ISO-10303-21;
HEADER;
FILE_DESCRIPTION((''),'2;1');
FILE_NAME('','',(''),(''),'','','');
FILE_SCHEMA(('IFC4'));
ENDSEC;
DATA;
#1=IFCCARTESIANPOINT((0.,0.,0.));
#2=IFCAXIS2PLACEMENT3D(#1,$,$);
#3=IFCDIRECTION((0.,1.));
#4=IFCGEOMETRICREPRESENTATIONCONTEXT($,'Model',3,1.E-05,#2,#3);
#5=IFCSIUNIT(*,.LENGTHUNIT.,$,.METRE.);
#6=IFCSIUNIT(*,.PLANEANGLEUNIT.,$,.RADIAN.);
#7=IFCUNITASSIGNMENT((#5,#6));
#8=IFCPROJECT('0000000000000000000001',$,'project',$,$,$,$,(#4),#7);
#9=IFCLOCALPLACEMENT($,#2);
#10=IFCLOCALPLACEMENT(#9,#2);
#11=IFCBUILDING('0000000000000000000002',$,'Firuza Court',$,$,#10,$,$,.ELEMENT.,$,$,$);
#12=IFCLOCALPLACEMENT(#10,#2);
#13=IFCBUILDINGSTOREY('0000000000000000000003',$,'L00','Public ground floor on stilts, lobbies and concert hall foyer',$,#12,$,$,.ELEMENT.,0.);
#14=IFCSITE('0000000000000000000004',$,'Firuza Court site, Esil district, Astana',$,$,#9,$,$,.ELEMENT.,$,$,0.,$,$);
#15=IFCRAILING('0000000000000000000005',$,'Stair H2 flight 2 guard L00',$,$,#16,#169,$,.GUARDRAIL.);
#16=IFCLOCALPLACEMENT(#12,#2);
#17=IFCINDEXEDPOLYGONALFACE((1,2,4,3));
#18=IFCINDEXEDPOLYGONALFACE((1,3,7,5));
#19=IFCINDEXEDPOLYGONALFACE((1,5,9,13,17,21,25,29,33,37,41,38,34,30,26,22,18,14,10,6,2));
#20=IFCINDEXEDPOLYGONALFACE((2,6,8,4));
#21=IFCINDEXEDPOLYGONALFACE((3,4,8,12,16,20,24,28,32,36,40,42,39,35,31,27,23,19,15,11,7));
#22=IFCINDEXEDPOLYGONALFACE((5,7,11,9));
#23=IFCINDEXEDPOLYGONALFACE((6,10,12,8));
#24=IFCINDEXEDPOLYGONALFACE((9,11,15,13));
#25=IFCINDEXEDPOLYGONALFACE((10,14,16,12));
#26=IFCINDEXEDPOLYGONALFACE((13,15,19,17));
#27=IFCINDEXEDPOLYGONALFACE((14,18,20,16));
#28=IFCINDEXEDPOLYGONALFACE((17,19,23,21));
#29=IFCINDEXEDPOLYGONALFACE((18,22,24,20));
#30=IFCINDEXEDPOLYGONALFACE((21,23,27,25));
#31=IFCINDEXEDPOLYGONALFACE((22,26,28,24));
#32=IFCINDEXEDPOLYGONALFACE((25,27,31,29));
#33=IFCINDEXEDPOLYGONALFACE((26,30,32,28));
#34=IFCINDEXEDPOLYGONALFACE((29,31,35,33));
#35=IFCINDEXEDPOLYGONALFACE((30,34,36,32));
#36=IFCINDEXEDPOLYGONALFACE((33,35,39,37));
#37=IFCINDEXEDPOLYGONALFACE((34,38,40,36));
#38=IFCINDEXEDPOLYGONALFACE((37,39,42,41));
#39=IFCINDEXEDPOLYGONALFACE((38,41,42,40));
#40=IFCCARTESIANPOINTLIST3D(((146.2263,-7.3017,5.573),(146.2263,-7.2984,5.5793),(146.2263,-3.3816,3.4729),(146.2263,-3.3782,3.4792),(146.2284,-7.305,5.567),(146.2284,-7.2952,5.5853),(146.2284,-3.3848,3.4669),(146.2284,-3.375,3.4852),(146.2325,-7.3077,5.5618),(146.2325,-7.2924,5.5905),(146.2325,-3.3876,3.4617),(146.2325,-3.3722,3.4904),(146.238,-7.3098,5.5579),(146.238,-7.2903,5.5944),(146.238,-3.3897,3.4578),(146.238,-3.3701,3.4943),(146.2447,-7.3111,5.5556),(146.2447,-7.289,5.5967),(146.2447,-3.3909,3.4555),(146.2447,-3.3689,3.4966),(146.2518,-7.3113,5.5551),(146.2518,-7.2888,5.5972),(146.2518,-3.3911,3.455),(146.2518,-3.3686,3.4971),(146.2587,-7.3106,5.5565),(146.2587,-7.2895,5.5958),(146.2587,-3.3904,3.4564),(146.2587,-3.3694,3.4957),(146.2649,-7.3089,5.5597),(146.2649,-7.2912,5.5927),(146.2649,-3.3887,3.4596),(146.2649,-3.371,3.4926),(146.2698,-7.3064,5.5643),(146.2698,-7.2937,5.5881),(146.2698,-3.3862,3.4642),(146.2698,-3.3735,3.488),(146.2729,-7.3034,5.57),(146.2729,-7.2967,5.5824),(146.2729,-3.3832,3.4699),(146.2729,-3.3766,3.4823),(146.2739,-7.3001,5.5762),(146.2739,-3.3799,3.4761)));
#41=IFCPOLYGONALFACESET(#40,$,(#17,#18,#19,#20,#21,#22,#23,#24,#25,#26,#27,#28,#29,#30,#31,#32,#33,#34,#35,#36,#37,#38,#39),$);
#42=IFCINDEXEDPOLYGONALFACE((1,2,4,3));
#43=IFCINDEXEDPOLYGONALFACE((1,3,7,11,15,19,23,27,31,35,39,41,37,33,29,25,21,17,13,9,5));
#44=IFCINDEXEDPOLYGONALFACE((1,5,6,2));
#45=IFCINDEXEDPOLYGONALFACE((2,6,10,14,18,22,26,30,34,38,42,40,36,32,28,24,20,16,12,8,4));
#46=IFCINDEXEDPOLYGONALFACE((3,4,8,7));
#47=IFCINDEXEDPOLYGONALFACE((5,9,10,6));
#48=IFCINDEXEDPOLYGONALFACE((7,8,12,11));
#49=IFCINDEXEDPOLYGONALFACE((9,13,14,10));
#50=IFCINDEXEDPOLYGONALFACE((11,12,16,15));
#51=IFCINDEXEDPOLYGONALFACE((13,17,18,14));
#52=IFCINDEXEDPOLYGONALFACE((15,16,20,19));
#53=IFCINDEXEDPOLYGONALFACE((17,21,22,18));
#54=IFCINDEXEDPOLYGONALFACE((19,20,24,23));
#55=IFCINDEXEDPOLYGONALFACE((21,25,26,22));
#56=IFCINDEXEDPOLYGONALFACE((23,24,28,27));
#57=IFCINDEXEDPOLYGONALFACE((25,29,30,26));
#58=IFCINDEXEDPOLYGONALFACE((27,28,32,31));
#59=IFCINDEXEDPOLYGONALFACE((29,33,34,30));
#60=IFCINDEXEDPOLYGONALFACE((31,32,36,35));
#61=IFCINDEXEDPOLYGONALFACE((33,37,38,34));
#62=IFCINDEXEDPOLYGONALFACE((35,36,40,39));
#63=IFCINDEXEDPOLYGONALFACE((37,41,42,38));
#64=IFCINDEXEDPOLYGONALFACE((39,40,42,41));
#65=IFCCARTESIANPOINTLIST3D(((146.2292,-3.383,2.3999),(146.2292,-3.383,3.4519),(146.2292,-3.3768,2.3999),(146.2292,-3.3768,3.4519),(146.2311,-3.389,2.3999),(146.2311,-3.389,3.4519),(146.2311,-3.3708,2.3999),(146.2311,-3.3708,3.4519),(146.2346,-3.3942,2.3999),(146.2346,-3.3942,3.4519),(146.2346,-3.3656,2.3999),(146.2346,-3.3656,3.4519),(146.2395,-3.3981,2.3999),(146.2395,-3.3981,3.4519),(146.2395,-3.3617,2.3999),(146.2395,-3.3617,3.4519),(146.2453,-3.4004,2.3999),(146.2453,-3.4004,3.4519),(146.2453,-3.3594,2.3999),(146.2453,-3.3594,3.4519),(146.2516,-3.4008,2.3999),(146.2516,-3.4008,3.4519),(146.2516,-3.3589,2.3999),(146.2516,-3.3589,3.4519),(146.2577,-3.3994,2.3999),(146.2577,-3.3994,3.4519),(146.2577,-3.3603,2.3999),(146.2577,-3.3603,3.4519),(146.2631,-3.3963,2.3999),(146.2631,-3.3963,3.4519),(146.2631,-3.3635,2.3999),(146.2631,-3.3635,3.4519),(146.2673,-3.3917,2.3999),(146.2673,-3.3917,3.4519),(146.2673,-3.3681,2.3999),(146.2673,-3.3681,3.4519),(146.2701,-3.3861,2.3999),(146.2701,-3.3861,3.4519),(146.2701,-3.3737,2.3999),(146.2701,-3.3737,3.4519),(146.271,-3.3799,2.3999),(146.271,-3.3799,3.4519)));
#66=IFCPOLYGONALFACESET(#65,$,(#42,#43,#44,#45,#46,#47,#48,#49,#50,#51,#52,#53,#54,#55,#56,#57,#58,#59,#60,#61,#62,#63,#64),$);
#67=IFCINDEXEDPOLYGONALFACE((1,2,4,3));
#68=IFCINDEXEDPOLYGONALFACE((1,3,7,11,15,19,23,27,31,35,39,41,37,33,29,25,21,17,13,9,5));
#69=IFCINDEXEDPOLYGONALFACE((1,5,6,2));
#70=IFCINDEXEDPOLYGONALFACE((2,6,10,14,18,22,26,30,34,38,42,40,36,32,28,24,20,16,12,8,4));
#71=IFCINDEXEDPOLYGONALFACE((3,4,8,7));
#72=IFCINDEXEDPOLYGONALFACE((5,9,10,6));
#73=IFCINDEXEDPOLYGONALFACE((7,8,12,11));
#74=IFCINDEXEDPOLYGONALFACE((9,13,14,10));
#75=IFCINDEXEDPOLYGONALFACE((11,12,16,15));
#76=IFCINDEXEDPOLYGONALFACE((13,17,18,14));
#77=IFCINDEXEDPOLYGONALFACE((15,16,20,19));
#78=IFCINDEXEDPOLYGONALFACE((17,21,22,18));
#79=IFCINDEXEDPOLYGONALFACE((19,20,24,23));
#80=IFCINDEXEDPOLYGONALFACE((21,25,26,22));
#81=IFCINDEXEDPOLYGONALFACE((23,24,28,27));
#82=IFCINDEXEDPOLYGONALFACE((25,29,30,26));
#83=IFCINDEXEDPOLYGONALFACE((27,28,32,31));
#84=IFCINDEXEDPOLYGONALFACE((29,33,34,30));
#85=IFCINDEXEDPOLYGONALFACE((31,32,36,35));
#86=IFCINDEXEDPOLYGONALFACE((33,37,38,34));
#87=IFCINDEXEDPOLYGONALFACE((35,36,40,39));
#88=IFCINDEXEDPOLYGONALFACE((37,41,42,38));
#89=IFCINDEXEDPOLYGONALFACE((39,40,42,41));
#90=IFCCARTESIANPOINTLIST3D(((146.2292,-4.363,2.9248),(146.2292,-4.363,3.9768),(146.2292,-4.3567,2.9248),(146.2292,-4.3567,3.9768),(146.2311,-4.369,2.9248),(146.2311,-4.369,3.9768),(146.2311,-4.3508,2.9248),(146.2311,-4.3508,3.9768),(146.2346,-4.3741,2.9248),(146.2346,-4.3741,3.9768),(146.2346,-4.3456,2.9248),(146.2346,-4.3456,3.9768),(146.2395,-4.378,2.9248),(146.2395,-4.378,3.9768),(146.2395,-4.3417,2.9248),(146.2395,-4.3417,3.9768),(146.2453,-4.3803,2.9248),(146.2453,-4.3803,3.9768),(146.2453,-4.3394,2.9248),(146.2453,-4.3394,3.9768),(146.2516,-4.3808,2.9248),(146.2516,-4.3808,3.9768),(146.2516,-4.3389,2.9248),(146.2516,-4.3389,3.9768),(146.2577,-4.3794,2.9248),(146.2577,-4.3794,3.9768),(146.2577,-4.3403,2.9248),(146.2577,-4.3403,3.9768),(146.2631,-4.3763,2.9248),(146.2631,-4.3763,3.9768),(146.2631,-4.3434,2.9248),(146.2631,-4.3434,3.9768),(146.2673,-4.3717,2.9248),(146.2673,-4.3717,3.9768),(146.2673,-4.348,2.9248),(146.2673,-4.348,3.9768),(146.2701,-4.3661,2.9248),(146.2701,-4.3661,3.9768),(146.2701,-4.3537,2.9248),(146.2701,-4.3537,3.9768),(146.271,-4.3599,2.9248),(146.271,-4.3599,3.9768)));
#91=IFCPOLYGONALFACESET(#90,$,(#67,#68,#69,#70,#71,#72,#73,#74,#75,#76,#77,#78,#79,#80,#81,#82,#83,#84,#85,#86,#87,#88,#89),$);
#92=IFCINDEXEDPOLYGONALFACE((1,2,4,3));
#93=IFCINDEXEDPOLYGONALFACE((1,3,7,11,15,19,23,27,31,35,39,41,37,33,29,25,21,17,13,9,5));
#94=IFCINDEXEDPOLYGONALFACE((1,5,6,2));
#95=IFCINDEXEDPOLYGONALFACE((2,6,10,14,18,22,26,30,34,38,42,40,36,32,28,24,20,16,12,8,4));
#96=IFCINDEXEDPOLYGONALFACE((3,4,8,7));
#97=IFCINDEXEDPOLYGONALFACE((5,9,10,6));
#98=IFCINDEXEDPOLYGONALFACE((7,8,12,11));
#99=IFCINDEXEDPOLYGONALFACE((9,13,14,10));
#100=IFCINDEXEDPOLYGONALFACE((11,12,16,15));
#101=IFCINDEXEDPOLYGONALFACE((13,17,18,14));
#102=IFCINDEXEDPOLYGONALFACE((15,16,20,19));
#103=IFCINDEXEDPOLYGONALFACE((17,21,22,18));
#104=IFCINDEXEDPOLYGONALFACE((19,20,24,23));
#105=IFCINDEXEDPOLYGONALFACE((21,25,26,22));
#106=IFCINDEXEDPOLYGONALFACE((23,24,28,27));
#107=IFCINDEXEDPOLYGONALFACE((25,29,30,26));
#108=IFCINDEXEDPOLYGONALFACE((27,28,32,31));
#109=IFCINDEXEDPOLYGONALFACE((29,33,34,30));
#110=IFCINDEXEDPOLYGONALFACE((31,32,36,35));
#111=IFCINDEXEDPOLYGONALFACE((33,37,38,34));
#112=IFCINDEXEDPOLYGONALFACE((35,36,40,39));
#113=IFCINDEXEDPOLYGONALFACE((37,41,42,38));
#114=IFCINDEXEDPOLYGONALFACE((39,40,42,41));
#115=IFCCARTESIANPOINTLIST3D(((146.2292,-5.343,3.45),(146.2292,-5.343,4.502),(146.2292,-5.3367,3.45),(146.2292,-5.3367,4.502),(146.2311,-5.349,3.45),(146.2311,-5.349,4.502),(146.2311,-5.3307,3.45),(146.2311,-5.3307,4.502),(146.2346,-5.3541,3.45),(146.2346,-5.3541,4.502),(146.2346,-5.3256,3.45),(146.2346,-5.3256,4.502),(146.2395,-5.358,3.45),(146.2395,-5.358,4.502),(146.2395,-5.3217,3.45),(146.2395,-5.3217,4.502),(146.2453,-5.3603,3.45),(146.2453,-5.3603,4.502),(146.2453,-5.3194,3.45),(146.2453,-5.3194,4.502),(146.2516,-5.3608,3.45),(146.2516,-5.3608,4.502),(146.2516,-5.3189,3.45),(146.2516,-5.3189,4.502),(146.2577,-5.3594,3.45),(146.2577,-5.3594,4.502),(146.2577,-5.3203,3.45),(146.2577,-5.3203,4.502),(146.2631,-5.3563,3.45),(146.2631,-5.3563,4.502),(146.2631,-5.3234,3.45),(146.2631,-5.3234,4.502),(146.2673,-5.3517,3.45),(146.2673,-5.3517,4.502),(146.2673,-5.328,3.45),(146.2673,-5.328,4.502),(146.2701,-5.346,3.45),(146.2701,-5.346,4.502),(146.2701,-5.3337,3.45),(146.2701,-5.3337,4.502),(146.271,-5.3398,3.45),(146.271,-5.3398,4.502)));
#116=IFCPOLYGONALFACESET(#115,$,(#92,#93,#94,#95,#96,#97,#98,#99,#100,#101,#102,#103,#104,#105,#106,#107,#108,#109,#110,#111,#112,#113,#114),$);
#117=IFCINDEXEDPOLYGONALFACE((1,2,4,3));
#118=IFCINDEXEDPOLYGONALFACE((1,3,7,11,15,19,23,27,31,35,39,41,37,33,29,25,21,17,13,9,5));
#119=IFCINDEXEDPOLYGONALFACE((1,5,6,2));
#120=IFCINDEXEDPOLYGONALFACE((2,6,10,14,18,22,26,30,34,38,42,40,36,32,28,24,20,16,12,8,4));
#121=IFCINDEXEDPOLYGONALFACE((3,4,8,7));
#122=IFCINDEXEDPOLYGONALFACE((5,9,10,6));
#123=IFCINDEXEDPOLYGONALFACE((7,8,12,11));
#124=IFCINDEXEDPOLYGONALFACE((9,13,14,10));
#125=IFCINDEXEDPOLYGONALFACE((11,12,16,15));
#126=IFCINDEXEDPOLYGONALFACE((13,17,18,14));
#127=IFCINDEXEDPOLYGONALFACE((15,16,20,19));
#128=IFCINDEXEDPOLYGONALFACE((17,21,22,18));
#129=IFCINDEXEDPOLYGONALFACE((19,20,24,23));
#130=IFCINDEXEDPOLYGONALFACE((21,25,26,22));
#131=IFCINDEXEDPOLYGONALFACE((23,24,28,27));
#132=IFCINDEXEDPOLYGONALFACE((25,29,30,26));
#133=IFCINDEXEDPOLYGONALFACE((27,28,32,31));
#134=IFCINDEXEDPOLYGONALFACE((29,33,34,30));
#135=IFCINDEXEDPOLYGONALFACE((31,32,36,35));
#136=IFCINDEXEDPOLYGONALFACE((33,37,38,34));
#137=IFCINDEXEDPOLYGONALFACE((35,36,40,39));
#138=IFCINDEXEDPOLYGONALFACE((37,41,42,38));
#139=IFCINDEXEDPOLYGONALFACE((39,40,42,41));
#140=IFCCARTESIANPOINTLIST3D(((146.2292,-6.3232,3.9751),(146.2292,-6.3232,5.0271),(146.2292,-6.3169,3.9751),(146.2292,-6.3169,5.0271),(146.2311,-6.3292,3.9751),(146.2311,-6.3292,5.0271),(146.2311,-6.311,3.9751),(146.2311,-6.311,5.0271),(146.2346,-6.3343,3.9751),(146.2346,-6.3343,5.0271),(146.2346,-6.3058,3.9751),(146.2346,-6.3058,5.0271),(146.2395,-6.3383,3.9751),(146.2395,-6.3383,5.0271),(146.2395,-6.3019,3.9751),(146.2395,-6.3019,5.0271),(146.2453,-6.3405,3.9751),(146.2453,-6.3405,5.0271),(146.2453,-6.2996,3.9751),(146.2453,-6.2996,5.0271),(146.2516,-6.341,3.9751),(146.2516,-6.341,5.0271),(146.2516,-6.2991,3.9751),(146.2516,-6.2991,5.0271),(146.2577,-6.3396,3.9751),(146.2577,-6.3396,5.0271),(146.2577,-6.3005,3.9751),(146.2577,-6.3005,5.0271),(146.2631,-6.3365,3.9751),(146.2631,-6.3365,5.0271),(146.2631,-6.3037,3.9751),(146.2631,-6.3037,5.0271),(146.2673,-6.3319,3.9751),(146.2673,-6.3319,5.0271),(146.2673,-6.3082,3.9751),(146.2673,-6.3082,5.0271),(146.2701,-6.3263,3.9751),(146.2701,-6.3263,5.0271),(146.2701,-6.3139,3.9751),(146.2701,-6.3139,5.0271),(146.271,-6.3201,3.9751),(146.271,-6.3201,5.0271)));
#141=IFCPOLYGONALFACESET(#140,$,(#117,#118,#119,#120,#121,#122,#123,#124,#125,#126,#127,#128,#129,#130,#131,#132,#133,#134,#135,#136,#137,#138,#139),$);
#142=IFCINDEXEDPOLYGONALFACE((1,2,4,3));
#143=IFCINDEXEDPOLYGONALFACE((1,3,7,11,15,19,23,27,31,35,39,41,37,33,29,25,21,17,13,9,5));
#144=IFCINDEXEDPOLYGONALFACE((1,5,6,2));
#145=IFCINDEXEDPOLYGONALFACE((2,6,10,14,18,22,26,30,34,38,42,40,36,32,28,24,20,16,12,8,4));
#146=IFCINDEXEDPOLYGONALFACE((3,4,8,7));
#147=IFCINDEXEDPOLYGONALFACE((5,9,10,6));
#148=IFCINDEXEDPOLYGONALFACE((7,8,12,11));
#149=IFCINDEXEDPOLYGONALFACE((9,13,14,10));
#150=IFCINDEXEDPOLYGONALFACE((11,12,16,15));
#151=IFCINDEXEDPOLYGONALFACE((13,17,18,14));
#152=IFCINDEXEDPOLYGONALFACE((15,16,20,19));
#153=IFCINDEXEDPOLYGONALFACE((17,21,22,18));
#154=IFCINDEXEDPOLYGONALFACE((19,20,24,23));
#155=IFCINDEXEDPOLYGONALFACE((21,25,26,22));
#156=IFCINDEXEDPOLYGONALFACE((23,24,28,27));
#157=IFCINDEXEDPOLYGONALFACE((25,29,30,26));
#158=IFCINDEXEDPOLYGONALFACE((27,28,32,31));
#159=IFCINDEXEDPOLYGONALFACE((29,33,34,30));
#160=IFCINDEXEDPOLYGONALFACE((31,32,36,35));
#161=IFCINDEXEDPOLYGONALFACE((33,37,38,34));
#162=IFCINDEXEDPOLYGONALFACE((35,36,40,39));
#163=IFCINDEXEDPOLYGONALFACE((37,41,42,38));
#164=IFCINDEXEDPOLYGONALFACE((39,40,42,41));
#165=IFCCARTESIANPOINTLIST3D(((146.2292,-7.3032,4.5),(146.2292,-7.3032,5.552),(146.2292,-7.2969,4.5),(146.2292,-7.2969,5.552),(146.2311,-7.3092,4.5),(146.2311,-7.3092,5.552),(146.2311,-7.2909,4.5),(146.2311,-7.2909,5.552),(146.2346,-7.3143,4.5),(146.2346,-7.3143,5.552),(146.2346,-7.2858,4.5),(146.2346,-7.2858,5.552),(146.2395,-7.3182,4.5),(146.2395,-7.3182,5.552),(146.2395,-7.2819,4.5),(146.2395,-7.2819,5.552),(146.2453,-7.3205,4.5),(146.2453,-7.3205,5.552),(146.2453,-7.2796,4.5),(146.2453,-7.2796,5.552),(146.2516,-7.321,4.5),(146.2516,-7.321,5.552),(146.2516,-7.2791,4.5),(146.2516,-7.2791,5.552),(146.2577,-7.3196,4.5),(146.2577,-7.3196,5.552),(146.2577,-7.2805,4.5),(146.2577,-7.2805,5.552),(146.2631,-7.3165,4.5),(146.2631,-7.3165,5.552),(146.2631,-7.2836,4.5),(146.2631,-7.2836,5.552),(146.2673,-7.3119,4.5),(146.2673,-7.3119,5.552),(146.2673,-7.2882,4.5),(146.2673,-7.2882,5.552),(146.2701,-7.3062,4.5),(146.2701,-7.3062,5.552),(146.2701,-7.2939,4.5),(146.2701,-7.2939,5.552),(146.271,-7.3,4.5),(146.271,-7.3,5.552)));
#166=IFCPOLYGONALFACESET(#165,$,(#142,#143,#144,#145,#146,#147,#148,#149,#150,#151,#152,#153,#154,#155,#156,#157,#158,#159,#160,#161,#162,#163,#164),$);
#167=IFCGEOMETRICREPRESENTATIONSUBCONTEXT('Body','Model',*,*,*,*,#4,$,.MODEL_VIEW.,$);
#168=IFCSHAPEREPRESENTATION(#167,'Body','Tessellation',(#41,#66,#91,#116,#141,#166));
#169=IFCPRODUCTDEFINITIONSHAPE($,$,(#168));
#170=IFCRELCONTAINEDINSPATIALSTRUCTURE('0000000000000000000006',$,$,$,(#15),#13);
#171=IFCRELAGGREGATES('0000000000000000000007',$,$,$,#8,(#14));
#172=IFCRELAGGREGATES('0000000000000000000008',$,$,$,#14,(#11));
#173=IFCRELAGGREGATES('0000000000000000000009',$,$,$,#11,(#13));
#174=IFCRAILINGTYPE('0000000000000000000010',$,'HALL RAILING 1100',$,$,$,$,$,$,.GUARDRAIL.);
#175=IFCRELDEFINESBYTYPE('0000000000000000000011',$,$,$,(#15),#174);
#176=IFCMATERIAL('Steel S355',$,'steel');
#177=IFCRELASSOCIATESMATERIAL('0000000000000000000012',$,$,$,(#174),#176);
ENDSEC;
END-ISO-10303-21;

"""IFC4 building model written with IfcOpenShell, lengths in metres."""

from ifc_helpers import new_model, si_unit, direction, frame, origin, origin_2d, place, context, subcontext, project, spatial, circle, extrude, material, type_object, element, save


model = new_model("IFC4")

# Units and contexts
model_context = context("Model", 3, precision=1e-05, world=origin(), true_north=direction((0.0, 1.0)))
body_context = subcontext(model_context, "Body", "Model", "MODEL_VIEW")
ifc_project = project(units=[si_unit("LENGTHUNIT", "METRE"), si_unit("PLANEANGLEUNIT", "RADIAN")], contexts=[model_context])

# Site, building, storey
site_placement = place(None, origin())
site = spatial("IfcSite", under=ifc_project, at=site_placement, Name="Firuza Court site, Esil district, Astana", CompositionType="ELEMENT", RefElevation=0.0)
building_placement = place(site_placement, origin())
building = spatial("IfcBuilding", under=site, at=building_placement, Name="Firuza Court", CompositionType="ELEMENT")
storey_placement = place(building_placement, origin())
storey = spatial("IfcBuildingStorey", under=building, at=storey_placement, Name="L00", Description="Public ground floor on stilts, lobbies and concert hall foyer", CompositionType="ELEMENT", Elevation=0.0)

# Railing
ifc_material_1 = material(Name="Steel S355", Category="steel")
railing_type_1 = type_object("IfcRailingType", Name="HALL RAILING 1100", PredefinedType="GUARDRAIL", material=ifc_material_1)
railing_1_placement = place(storey_placement, frame((146.25, -3.3799, 2.3999)))
element("IfcRailing", 1, at=railing_1_placement, inside=storey, type_object=railing_type_1, Name="Stair H2 flight 2 guard L00", PredefinedType="GUARDRAIL", context=body_context, shape_type="SweptSolid", body=[
    extrude(circle(Radius=0.0239, at=origin_2d()), frame((0.0, 0.0, 1.0762), z_axis=(0.0, -0.881479, 0.472223), x_axis=(1.0, 0.0, 0.0)), (0.0, 0.0, 1.0), 4.4473),
    extrude(circle(Radius=0.021, at=origin_2d()), origin(), (0.0, 0.0, 1.0), 1.052),
    extrude(circle(Radius=0.021, at=origin_2d()), frame((0.0, -0.98, 0.5249)), (0.0, 0.0, 1.0), 1.052),
    extrude(circle(Radius=0.021, at=origin_2d()), frame((0.0, -1.96, 1.05)), (0.0, 0.0, 1.0), 1.052),
    extrude(circle(Radius=0.021, at=origin_2d()), frame((0.0, -2.9402, 1.5752)), (0.0, 0.0, 1.0), 1.052),
    extrude(circle(Radius=0.021, at=origin_2d()), frame((0.0, -3.9202, 2.1001)), (0.0, 0.0, 1.0), 1.052),
])

save(model, "model.ifc")
